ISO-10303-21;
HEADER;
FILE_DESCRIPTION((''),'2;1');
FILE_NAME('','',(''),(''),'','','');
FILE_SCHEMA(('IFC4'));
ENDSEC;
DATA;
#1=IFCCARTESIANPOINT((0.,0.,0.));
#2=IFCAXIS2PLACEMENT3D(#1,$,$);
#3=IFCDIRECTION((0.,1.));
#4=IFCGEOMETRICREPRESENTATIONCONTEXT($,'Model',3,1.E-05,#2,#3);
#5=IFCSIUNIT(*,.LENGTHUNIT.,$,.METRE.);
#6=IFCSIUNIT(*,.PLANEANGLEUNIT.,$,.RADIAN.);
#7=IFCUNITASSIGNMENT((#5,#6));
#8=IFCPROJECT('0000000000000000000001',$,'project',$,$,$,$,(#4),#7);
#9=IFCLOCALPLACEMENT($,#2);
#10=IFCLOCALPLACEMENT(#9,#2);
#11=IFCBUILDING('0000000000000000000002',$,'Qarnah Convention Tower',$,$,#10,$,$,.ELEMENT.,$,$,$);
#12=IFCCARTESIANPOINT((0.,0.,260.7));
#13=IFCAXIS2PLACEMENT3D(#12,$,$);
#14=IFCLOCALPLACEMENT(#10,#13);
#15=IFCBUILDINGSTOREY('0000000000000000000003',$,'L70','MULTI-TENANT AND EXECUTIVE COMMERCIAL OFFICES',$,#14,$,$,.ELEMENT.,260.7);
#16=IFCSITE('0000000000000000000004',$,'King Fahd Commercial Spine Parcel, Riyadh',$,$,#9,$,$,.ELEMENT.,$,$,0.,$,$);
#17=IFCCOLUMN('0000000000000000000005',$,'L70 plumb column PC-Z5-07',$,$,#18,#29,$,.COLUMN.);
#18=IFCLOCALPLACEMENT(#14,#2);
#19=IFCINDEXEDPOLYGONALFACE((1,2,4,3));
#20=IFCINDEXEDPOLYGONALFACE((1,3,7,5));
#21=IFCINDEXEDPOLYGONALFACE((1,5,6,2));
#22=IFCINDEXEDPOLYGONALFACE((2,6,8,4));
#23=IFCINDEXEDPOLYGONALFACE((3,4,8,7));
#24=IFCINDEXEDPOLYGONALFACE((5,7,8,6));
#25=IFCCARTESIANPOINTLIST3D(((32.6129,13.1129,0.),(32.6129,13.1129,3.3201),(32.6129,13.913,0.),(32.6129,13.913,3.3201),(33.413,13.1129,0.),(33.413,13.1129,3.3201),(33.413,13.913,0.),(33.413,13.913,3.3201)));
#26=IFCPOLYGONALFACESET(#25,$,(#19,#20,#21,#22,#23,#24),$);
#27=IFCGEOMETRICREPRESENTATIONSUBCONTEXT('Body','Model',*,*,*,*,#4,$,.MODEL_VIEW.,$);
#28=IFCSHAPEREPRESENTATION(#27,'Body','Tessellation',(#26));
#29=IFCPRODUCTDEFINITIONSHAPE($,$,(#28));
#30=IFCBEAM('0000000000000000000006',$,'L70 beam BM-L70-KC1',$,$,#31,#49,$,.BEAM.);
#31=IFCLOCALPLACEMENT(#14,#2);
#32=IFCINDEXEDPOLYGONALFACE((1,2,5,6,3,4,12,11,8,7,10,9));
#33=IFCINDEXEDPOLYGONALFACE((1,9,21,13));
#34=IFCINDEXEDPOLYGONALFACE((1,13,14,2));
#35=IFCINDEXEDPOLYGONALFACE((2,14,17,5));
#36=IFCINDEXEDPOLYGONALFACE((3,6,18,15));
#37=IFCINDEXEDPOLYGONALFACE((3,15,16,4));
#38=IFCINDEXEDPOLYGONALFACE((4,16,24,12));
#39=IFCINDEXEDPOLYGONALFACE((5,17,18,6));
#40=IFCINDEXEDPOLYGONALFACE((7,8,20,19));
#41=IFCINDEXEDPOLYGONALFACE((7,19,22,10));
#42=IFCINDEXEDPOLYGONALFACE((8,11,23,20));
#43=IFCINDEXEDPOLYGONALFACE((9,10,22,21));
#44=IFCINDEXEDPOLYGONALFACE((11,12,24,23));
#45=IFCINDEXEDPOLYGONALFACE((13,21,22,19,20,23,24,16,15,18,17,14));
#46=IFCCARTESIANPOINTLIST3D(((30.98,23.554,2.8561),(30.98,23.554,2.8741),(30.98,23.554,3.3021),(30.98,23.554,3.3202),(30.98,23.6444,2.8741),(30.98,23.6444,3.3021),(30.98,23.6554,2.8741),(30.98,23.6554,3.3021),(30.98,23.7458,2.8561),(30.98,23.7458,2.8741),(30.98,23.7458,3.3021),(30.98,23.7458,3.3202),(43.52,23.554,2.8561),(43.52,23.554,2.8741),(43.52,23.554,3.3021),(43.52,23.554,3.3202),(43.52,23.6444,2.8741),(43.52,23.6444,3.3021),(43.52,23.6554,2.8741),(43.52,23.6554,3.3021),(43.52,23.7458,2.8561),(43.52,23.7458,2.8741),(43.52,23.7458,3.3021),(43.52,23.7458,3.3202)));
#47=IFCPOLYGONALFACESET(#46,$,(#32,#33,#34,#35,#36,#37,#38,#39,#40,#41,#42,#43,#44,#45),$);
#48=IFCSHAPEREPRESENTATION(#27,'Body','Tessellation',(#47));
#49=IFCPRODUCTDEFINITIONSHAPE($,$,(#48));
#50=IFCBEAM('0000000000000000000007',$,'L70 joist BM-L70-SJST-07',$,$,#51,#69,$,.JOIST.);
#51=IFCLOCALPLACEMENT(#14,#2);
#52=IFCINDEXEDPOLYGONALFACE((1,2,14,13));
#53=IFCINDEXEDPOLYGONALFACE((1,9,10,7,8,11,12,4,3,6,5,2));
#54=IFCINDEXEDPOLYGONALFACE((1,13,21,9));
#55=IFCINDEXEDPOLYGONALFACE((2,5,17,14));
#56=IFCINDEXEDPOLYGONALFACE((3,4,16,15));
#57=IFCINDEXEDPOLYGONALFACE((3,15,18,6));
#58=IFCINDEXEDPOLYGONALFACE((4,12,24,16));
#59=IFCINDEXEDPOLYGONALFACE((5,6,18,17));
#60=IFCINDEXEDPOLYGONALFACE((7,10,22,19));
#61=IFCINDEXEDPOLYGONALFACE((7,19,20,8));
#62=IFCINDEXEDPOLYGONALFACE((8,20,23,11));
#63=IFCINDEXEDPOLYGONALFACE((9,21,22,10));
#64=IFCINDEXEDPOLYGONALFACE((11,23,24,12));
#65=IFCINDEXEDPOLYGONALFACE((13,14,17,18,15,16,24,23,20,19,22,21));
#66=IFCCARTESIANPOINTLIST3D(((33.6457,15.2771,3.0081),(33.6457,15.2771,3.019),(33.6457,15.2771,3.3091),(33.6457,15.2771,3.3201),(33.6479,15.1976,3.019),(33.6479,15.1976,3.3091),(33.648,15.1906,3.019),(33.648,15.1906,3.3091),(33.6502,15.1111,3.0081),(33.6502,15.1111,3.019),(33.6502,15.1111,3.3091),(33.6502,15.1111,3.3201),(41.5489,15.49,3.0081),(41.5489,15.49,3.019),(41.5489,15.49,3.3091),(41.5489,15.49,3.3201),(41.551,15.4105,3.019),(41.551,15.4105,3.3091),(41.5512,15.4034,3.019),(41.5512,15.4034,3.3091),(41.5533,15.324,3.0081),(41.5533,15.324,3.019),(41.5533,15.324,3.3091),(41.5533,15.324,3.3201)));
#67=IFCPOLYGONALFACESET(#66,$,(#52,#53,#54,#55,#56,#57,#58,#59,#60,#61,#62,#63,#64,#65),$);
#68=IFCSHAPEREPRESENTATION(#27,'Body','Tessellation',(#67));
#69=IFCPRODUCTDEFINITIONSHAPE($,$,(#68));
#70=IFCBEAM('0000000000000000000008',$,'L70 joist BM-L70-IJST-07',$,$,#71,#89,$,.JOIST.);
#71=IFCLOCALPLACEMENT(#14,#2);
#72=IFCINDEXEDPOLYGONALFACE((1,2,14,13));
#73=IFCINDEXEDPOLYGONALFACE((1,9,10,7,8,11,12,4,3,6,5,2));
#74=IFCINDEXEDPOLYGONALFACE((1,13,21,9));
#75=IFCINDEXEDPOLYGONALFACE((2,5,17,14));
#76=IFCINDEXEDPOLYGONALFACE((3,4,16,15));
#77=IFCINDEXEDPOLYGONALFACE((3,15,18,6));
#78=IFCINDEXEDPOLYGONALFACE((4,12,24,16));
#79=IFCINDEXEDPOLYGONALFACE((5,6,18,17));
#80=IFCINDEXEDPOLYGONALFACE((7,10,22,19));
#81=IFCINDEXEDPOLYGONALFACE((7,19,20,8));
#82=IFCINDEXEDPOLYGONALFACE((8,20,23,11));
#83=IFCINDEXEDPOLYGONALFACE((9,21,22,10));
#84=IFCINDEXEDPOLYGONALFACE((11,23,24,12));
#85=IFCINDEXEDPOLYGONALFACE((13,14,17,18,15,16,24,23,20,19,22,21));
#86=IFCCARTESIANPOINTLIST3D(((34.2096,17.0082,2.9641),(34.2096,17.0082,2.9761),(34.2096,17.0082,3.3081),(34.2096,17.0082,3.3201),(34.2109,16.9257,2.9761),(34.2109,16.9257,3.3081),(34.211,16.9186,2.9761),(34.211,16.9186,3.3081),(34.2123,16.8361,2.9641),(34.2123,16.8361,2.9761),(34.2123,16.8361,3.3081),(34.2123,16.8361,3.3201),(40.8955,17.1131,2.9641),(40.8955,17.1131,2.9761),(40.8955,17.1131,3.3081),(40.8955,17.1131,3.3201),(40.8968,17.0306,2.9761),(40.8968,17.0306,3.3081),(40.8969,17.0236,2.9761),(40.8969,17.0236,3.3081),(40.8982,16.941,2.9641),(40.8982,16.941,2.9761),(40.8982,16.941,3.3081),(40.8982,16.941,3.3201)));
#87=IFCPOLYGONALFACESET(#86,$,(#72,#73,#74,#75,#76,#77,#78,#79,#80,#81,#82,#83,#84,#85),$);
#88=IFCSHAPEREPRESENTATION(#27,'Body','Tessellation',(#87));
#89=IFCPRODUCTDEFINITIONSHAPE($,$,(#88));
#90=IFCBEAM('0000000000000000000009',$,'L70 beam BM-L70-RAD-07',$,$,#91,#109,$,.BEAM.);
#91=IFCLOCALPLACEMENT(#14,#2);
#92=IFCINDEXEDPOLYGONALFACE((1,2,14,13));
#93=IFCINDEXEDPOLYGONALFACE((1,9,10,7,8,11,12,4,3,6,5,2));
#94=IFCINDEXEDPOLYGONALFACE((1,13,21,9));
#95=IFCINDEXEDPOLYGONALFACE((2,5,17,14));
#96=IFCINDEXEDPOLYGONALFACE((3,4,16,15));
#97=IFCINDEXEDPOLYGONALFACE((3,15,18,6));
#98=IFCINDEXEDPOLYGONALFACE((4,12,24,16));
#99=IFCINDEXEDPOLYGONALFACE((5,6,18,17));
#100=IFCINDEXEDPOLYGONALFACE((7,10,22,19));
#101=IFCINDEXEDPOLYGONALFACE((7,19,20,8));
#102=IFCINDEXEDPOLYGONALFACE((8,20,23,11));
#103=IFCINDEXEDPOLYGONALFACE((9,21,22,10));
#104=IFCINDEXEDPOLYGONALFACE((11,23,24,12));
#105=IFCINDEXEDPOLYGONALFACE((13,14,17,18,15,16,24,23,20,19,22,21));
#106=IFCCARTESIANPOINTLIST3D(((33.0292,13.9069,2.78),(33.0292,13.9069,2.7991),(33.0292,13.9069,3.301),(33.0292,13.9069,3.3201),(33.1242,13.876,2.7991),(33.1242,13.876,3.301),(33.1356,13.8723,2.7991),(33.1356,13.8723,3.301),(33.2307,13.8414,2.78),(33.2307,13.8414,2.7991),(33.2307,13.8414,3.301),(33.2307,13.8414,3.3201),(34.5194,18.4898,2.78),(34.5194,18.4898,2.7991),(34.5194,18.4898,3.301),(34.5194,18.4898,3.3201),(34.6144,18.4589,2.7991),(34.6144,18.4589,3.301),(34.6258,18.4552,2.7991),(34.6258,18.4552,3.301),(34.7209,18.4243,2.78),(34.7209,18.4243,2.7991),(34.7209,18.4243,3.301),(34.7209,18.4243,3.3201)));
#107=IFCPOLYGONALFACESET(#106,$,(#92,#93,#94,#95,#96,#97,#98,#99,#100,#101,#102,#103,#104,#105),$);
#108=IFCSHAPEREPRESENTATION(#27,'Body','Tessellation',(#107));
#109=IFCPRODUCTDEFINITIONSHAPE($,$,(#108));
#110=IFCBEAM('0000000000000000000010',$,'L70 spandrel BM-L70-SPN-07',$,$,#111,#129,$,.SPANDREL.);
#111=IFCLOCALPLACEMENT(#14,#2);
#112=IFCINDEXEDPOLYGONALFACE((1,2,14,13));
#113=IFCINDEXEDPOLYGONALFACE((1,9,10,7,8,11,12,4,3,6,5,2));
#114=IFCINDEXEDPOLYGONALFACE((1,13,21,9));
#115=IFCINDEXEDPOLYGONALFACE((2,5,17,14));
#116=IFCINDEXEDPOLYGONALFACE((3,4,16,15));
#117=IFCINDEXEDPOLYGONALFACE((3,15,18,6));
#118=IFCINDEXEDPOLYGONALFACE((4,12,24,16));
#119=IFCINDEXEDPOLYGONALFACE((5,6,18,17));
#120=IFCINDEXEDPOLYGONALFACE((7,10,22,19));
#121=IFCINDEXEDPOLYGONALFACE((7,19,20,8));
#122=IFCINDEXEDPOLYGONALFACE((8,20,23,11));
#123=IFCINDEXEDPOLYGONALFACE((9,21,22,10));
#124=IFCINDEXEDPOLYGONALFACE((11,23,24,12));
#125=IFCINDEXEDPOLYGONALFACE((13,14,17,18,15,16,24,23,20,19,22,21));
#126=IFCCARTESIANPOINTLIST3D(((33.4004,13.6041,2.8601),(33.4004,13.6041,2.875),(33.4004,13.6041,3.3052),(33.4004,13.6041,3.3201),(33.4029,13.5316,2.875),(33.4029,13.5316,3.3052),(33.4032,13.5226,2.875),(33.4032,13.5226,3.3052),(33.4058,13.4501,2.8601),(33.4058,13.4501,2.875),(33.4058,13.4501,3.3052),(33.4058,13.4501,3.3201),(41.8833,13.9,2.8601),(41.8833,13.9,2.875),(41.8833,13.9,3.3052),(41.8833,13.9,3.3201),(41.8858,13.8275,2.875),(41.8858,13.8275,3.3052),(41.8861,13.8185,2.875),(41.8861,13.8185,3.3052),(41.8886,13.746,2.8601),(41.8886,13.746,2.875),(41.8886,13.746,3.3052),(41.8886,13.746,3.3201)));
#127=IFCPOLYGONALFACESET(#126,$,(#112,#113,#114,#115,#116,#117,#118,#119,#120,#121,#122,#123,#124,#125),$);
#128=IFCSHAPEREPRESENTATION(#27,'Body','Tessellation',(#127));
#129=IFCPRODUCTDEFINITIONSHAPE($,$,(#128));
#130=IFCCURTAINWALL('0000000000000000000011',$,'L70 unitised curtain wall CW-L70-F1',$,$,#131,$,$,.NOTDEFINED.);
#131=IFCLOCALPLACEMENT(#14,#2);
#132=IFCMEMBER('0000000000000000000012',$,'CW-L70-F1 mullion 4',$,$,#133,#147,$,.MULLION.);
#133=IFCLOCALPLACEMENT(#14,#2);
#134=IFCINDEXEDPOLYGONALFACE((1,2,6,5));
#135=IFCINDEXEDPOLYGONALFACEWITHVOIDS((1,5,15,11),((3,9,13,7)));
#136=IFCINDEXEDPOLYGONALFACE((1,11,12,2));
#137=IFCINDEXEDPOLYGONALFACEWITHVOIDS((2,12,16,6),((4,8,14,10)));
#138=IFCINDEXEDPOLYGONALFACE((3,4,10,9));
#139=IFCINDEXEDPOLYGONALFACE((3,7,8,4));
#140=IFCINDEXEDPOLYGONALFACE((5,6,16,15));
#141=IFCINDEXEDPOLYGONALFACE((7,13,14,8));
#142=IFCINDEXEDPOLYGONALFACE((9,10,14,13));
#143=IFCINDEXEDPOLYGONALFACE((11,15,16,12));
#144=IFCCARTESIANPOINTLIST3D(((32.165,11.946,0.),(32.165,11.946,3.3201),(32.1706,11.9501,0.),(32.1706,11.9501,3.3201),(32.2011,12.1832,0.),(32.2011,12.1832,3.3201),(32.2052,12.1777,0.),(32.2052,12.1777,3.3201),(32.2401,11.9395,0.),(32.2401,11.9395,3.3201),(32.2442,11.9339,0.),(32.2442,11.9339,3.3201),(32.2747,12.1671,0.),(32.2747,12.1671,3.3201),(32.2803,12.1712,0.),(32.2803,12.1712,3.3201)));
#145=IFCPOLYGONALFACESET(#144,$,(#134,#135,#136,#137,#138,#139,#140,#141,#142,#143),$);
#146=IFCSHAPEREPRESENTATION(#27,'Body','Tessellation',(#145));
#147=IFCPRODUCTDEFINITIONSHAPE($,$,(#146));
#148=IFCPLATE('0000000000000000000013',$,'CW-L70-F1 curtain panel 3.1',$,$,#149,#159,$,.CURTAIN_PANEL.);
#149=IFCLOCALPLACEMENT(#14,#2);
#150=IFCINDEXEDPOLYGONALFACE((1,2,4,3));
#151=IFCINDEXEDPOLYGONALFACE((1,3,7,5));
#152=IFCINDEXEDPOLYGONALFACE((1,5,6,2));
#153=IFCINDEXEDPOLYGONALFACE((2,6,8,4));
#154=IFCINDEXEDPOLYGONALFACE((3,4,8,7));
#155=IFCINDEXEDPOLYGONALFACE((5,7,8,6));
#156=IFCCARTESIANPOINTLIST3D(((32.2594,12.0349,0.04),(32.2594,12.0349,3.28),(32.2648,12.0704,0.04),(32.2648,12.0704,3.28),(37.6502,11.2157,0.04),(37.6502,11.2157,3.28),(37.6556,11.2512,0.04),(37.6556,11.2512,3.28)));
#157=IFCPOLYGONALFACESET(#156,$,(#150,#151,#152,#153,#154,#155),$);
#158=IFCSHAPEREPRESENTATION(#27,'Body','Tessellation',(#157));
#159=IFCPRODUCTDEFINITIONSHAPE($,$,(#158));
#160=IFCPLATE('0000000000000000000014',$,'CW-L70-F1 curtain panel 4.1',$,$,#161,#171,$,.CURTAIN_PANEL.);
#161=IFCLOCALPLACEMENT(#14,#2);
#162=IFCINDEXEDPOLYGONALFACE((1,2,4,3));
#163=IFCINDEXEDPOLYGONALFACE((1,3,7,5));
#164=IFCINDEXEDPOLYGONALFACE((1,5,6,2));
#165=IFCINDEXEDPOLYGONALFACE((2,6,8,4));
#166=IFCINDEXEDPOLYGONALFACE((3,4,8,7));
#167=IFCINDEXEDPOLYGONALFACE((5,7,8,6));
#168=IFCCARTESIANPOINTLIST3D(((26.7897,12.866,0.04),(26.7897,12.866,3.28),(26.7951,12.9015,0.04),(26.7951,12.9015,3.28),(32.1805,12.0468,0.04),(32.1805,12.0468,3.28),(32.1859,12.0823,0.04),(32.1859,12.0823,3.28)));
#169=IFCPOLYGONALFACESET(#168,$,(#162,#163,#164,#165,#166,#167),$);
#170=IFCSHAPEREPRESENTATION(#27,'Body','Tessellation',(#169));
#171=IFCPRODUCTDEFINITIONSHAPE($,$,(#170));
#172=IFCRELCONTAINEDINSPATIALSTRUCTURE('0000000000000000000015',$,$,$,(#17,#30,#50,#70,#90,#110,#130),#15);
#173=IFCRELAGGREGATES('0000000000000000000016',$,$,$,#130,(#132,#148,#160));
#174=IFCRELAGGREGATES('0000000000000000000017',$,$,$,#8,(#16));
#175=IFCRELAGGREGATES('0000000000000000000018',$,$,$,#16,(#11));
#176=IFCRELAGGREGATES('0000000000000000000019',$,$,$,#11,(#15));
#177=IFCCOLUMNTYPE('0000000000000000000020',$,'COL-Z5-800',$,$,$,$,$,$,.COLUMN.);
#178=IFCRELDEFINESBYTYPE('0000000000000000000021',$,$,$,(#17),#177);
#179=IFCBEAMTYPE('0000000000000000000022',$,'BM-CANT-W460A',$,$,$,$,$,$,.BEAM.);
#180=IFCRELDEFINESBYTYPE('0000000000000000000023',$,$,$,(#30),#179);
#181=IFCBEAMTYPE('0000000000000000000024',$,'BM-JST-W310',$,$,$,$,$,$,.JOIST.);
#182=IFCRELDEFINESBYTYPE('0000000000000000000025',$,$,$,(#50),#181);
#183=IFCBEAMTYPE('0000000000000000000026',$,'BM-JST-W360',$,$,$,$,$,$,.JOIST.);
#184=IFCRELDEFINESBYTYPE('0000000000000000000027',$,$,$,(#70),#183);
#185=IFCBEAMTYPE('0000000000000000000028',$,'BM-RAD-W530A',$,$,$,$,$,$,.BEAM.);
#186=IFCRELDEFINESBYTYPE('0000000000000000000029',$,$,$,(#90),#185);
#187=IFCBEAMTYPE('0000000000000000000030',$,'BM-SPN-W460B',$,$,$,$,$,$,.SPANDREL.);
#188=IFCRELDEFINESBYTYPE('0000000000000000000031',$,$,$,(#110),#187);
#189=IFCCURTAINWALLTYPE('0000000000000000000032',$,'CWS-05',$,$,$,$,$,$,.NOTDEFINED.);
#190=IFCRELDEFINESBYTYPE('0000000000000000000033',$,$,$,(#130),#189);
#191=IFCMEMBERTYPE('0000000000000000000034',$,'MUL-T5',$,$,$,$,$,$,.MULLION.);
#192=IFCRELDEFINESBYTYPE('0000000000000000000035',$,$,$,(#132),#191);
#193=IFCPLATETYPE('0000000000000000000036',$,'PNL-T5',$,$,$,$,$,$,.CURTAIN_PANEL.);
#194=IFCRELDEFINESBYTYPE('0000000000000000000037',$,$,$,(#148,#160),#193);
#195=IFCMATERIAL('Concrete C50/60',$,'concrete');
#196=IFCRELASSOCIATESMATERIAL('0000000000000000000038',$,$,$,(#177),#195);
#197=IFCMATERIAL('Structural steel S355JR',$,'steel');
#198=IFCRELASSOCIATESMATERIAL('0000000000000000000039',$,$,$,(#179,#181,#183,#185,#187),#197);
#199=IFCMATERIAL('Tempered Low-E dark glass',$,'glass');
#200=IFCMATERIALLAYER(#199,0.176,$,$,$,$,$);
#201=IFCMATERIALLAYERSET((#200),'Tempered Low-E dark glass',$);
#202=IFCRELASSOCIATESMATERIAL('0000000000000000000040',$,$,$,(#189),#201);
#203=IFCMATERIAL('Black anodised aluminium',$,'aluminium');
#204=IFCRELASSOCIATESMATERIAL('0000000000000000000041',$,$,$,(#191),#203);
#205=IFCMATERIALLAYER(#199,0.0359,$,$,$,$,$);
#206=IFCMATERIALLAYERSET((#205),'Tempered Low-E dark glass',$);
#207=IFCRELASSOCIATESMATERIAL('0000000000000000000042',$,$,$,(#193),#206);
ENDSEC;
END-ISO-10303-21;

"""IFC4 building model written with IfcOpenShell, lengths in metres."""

from ifc_helpers import new_model, si_unit, direction, frame, origin, origin_2d, place, context, subcontext, project, spatial, rectangle, hollow_rectangle, i_section, extrude, material, layer, layer_set, material_profile, profile_set, type_object, element, aggregate, save


model = new_model("IFC4")

# Units and contexts
model_context = context("Model", 3, precision=1e-05, world=origin(), true_north=direction((0.0, 1.0)))
body_context = subcontext(model_context, "Body", "Model", "MODEL_VIEW")
ifc_project = project(units=[si_unit("LENGTHUNIT", "METRE"), si_unit("PLANEANGLEUNIT", "RADIAN")], contexts=[model_context])

# Site, building, storey
site_placement = place(None, origin())
site = spatial("IfcSite", under=ifc_project, at=site_placement, Name="King Fahd Commercial Spine Parcel, Riyadh", CompositionType="ELEMENT", RefElevation=0.0)
building_placement = place(site_placement, origin())
building = spatial("IfcBuilding", under=site, at=building_placement, Name="Qarnah Convention Tower", CompositionType="ELEMENT")
storey_placement = place(building_placement, frame((0.0, 0.0, 260.7)))
storey = spatial("IfcBuildingStorey", under=building, at=storey_placement, Name="L70", Description="MULTI-TENANT AND EXECUTIVE COMMERCIAL OFFICES", CompositionType="ELEMENT", Elevation=260.7)

# Column
ifc_material_1 = material(Name="Concrete C50/60", Category="concrete")
ifc_material_profile_1 = material_profile(ifc_material_1, rectangle(XDim=0.8, YDim=0.8, at=origin_2d()), Name="RC-COL-800X800")
ifc_profile_set_1 = profile_set([ifc_material_profile_1], Name="Concrete C50/60")
column_type = type_object("IfcColumnType", Name="COL-Z5-800", PredefinedType="COLUMN", material=ifc_profile_set_1)
column_placement = place(storey_placement, frame((33.0129, 13.5129, 0.0), z_axis=(0.0, 0.0, 1.0), x_axis=(1.0, 0.0, 0.0)))
element("IfcColumn", 1, at=column_placement, inside=storey, type_object=column_type, Name="L70 plumb column PC-Z5-07", PredefinedType="COLUMN", context=body_context, shape_type="SweptSolid", body=[
    extrude(rectangle(XDim=0.8, YDim=0.8, at=origin_2d()), origin(), (0.0, 0.0, 1.0), 3.3201),
])

# Beams
ifc_material_2 = material(Name="Structural steel S355JR", Category="steel")
ifc_material_profile_2 = material_profile(ifc_material_2, i_section(OverallWidth=0.1919, OverallDepth=0.4641, WebThickness=0.011, FlangeThickness=0.0181, at=origin_2d()), Name="W460X89")
ifc_profile_set_2 = profile_set([ifc_material_profile_2], Name="Structural steel S355JR")
beam_type_1 = type_object("IfcBeamType", Name="BM-CANT-W460A", PredefinedType="BEAM", material=ifc_profile_set_2)
beam_1_placement = place(storey_placement, frame((30.98, 23.6499, 3.0881), z_axis=(1.0, 0.0, 0.0), x_axis=(0.0, 1.0, 0.0)))
element("IfcBeam", 2, at=beam_1_placement, inside=storey, type_object=beam_type_1, Name="L70 beam BM-L70-KC1", PredefinedType="BEAM", context=body_context, shape_type="SweptSolid", body=[
    extrude(i_section(OverallWidth=0.1919, OverallDepth=0.4641, WebThickness=0.011, FlangeThickness=0.0181, at=origin_2d()), origin(), (0.0, 0.0, 1.0), 12.54),
])
ifc_material_profile_3 = material_profile(ifc_material_2, i_section(OverallWidth=0.166, OverallDepth=0.312, WebThickness=0.0071, FlangeThickness=0.011, at=origin_2d()), Name="W310X45")
ifc_profile_set_3 = profile_set([ifc_material_profile_3], Name="Structural steel S355JR")
beam_type_2 = type_object("IfcBeamType", Name="BM-JST-W310", PredefinedType="JOIST", material=ifc_profile_set_3)
beam_2_placement = place(storey_placement, frame((33.6479, 15.1941, 3.1641), z_axis=(0.999637, 0.026928, 0.0), x_axis=(-0.026928, 0.999637, 0.0)))
element("IfcBeam", 3, at=beam_2_placement, inside=storey, type_object=beam_type_2, Name="L70 joist BM-L70-SJST-07", PredefinedType="JOIST", context=body_context, shape_type="SweptSolid", body=[
    extrude(i_section(OverallWidth=0.166, OverallDepth=0.312, WebThickness=0.0071, FlangeThickness=0.011, at=origin_2d()), origin(), (0.0, 0.0, 1.0), 7.906),
])
ifc_material_profile_4 = material_profile(ifc_material_2, i_section(OverallWidth=0.1721, OverallDepth=0.356, WebThickness=0.0071, FlangeThickness=0.012, at=origin_2d()), Name="W360X51")
ifc_profile_set_4 = profile_set([ifc_material_profile_4], Name="Structural steel S355JR")
beam_type_3 = type_object("IfcBeamType", Name="BM-JST-W360", PredefinedType="JOIST", material=ifc_profile_set_4)
beam_3_placement = place(storey_placement, frame((34.2109, 16.9221, 3.1421), z_axis=(0.999877, 0.0157, 0.0), x_axis=(-0.0157, 0.999877, 0.0)))
element("IfcBeam", 4, at=beam_3_placement, inside=storey, type_object=beam_type_3, Name="L70 joist BM-L70-IJST-07", PredefinedType="JOIST", context=body_context, shape_type="SweptSolid", body=[
    extrude(i_section(OverallWidth=0.1721, OverallDepth=0.356, WebThickness=0.0071, FlangeThickness=0.012, at=origin_2d()), origin(), (0.0, 0.0, 1.0), 6.6868),
])
ifc_material_profile_5 = material_profile(ifc_material_2, i_section(OverallWidth=0.2119, OverallDepth=0.54, WebThickness=0.012, FlangeThickness=0.019, at=origin_2d()), Name="W530X109")
ifc_profile_set_5 = profile_set([ifc_material_profile_5], Name="Structural steel S355JR")
beam_type_4 = type_object("IfcBeamType", Name="BM-RAD-W530A", PredefinedType="BEAM", material=ifc_profile_set_5)
beam_4_placement = place(storey_placement, frame((34.6201, 18.457, 3.05), z_axis=(-0.309228, -0.950988, 0.0), x_axis=(0.950988, -0.309228, 0.0)))
element("IfcBeam", 5, at=beam_4_placement, inside=storey, type_object=beam_type_4, Name="L70 beam BM-L70-RAD-07", PredefinedType="BEAM", context=body_context, shape_type="SweptSolid", body=[
    extrude(i_section(OverallWidth=0.2119, OverallDepth=0.54, WebThickness=0.012, FlangeThickness=0.019, at=origin_2d()), origin(), (0.0, 0.0, 1.0), 4.8191),
])
ifc_material_profile_6 = material_profile(ifc_material_2, i_section(OverallWidth=0.1541, OverallDepth=0.46, WebThickness=0.009, FlangeThickness=0.0149, at=origin_2d()), Name="W460X68")
ifc_profile_set_6 = profile_set([ifc_material_profile_6], Name="Structural steel S355JR")
beam_type_5 = type_object("IfcBeamType", Name="BM-SPN-W460B", PredefinedType="SPANDREL", material=ifc_profile_set_6)
beam_5_placement = place(storey_placement, frame((33.4031, 13.5271, 3.0901), z_axis=(0.999392, 0.034861, 0.0), x_axis=(-0.034861, 0.999392, 0.0)))
element("IfcBeam", 6, at=beam_5_placement, inside=storey, type_object=beam_type_5, Name="L70 spandrel BM-L70-SPN-07", PredefinedType="SPANDREL", context=body_context, shape_type="SweptSolid", body=[
    extrude(i_section(OverallWidth=0.1541, OverallDepth=0.46, WebThickness=0.009, FlangeThickness=0.0149, at=origin_2d()), origin(), (0.0, 0.0, 1.0), 8.488),
])

# Curtain wall, member, plates
ifc_material_3 = material(Name="Tempered Low-E dark glass", Category="glass")
ifc_layer_1 = layer(ifc_material_3, 0.176)
ifc_layer_set_1 = layer_set([ifc_layer_1], Name="Tempered Low-E dark glass")
curtain_wall_type = type_object("IfcCurtainWallType", Name="CWS-05", PredefinedType="NOTDEFINED", material=ifc_layer_set_1)
curtain_wall_placement = place(storey_placement, origin())
curtain_wall = element("IfcCurtainWall", 7, at=curtain_wall_placement, inside=storey, type_object=curtain_wall_type, Name="L70 unitised curtain wall CW-L70-F1", PredefinedType="NOTDEFINED")
ifc_material_4 = material(Name="Black anodised aluminium", Category="aluminium")
ifc_material_profile_7 = material_profile(ifc_material_4, hollow_rectangle(XDim=0.0801, YDim=0.24, WallThickness=0.0049, at=origin_2d()), Name="MUL-80X240")
ifc_profile_set_7 = profile_set([ifc_material_profile_7], Name="Black anodised aluminium")
member_type = type_object("IfcMemberType", Name="MUL-T5", PredefinedType="MULLION", material=ifc_profile_set_7)
member_placement = place(storey_placement, frame((32.2227, 12.0586, 0.0), z_axis=(0.0, 0.0, 1.0), x_axis=(-0.98865, 0.150237, 0.0)))
member = element("IfcMember", 8, at=member_placement, type_object=member_type, Name="CW-L70-F1 mullion 4", PredefinedType="MULLION", context=body_context, shape_type="SweptSolid", body=[
    extrude(hollow_rectangle(XDim=0.0801, YDim=0.24, WallThickness=0.0049, at=origin_2d()), origin(), (0.0, 0.0, 1.0), 3.3201),
])
ifc_layer_2 = layer(ifc_material_3, 0.0359)
ifc_layer_set_2 = layer_set([ifc_layer_2], Name="Tempered Low-E dark glass")
plate_type = type_object("IfcPlateType", Name="PNL-T5", PredefinedType="CURTAIN_PANEL", material=ifc_layer_set_2)
plate_1_placement = place(storey_placement, frame((34.9575, 11.6431, 0.04), z_axis=(0.0, 0.0, 1.0), x_axis=(-0.98865, 0.150237, 0.0)))
plate_1 = element("IfcPlate", 9, at=plate_1_placement, type_object=plate_type, Name="CW-L70-F1 curtain panel 3.1", PredefinedType="CURTAIN_PANEL", context=body_context, shape_type="SweptSolid", body=[
    extrude(rectangle(XDim=5.4526, YDim=0.0359, at=origin_2d()), origin(), (0.0, 0.0, 1.0), 3.24),
])
plate_2_placement = place(storey_placement, frame((29.4878, 12.4741, 0.04), z_axis=(0.0, 0.0, 1.0), x_axis=(-0.98865, 0.150237, 0.0)))
plate_2 = element("IfcPlate", 10, at=plate_2_placement, type_object=plate_type, Name="CW-L70-F1 curtain panel 4.1", PredefinedType="CURTAIN_PANEL", context=body_context, shape_type="SweptSolid", body=[
    extrude(rectangle(XDim=5.4526, YDim=0.0359, at=origin_2d()), origin(), (0.0, 0.0, 1.0), 3.24),
])
aggregate(curtain_wall, [member, plate_1, plate_2])

save(model, "model.ifc")
